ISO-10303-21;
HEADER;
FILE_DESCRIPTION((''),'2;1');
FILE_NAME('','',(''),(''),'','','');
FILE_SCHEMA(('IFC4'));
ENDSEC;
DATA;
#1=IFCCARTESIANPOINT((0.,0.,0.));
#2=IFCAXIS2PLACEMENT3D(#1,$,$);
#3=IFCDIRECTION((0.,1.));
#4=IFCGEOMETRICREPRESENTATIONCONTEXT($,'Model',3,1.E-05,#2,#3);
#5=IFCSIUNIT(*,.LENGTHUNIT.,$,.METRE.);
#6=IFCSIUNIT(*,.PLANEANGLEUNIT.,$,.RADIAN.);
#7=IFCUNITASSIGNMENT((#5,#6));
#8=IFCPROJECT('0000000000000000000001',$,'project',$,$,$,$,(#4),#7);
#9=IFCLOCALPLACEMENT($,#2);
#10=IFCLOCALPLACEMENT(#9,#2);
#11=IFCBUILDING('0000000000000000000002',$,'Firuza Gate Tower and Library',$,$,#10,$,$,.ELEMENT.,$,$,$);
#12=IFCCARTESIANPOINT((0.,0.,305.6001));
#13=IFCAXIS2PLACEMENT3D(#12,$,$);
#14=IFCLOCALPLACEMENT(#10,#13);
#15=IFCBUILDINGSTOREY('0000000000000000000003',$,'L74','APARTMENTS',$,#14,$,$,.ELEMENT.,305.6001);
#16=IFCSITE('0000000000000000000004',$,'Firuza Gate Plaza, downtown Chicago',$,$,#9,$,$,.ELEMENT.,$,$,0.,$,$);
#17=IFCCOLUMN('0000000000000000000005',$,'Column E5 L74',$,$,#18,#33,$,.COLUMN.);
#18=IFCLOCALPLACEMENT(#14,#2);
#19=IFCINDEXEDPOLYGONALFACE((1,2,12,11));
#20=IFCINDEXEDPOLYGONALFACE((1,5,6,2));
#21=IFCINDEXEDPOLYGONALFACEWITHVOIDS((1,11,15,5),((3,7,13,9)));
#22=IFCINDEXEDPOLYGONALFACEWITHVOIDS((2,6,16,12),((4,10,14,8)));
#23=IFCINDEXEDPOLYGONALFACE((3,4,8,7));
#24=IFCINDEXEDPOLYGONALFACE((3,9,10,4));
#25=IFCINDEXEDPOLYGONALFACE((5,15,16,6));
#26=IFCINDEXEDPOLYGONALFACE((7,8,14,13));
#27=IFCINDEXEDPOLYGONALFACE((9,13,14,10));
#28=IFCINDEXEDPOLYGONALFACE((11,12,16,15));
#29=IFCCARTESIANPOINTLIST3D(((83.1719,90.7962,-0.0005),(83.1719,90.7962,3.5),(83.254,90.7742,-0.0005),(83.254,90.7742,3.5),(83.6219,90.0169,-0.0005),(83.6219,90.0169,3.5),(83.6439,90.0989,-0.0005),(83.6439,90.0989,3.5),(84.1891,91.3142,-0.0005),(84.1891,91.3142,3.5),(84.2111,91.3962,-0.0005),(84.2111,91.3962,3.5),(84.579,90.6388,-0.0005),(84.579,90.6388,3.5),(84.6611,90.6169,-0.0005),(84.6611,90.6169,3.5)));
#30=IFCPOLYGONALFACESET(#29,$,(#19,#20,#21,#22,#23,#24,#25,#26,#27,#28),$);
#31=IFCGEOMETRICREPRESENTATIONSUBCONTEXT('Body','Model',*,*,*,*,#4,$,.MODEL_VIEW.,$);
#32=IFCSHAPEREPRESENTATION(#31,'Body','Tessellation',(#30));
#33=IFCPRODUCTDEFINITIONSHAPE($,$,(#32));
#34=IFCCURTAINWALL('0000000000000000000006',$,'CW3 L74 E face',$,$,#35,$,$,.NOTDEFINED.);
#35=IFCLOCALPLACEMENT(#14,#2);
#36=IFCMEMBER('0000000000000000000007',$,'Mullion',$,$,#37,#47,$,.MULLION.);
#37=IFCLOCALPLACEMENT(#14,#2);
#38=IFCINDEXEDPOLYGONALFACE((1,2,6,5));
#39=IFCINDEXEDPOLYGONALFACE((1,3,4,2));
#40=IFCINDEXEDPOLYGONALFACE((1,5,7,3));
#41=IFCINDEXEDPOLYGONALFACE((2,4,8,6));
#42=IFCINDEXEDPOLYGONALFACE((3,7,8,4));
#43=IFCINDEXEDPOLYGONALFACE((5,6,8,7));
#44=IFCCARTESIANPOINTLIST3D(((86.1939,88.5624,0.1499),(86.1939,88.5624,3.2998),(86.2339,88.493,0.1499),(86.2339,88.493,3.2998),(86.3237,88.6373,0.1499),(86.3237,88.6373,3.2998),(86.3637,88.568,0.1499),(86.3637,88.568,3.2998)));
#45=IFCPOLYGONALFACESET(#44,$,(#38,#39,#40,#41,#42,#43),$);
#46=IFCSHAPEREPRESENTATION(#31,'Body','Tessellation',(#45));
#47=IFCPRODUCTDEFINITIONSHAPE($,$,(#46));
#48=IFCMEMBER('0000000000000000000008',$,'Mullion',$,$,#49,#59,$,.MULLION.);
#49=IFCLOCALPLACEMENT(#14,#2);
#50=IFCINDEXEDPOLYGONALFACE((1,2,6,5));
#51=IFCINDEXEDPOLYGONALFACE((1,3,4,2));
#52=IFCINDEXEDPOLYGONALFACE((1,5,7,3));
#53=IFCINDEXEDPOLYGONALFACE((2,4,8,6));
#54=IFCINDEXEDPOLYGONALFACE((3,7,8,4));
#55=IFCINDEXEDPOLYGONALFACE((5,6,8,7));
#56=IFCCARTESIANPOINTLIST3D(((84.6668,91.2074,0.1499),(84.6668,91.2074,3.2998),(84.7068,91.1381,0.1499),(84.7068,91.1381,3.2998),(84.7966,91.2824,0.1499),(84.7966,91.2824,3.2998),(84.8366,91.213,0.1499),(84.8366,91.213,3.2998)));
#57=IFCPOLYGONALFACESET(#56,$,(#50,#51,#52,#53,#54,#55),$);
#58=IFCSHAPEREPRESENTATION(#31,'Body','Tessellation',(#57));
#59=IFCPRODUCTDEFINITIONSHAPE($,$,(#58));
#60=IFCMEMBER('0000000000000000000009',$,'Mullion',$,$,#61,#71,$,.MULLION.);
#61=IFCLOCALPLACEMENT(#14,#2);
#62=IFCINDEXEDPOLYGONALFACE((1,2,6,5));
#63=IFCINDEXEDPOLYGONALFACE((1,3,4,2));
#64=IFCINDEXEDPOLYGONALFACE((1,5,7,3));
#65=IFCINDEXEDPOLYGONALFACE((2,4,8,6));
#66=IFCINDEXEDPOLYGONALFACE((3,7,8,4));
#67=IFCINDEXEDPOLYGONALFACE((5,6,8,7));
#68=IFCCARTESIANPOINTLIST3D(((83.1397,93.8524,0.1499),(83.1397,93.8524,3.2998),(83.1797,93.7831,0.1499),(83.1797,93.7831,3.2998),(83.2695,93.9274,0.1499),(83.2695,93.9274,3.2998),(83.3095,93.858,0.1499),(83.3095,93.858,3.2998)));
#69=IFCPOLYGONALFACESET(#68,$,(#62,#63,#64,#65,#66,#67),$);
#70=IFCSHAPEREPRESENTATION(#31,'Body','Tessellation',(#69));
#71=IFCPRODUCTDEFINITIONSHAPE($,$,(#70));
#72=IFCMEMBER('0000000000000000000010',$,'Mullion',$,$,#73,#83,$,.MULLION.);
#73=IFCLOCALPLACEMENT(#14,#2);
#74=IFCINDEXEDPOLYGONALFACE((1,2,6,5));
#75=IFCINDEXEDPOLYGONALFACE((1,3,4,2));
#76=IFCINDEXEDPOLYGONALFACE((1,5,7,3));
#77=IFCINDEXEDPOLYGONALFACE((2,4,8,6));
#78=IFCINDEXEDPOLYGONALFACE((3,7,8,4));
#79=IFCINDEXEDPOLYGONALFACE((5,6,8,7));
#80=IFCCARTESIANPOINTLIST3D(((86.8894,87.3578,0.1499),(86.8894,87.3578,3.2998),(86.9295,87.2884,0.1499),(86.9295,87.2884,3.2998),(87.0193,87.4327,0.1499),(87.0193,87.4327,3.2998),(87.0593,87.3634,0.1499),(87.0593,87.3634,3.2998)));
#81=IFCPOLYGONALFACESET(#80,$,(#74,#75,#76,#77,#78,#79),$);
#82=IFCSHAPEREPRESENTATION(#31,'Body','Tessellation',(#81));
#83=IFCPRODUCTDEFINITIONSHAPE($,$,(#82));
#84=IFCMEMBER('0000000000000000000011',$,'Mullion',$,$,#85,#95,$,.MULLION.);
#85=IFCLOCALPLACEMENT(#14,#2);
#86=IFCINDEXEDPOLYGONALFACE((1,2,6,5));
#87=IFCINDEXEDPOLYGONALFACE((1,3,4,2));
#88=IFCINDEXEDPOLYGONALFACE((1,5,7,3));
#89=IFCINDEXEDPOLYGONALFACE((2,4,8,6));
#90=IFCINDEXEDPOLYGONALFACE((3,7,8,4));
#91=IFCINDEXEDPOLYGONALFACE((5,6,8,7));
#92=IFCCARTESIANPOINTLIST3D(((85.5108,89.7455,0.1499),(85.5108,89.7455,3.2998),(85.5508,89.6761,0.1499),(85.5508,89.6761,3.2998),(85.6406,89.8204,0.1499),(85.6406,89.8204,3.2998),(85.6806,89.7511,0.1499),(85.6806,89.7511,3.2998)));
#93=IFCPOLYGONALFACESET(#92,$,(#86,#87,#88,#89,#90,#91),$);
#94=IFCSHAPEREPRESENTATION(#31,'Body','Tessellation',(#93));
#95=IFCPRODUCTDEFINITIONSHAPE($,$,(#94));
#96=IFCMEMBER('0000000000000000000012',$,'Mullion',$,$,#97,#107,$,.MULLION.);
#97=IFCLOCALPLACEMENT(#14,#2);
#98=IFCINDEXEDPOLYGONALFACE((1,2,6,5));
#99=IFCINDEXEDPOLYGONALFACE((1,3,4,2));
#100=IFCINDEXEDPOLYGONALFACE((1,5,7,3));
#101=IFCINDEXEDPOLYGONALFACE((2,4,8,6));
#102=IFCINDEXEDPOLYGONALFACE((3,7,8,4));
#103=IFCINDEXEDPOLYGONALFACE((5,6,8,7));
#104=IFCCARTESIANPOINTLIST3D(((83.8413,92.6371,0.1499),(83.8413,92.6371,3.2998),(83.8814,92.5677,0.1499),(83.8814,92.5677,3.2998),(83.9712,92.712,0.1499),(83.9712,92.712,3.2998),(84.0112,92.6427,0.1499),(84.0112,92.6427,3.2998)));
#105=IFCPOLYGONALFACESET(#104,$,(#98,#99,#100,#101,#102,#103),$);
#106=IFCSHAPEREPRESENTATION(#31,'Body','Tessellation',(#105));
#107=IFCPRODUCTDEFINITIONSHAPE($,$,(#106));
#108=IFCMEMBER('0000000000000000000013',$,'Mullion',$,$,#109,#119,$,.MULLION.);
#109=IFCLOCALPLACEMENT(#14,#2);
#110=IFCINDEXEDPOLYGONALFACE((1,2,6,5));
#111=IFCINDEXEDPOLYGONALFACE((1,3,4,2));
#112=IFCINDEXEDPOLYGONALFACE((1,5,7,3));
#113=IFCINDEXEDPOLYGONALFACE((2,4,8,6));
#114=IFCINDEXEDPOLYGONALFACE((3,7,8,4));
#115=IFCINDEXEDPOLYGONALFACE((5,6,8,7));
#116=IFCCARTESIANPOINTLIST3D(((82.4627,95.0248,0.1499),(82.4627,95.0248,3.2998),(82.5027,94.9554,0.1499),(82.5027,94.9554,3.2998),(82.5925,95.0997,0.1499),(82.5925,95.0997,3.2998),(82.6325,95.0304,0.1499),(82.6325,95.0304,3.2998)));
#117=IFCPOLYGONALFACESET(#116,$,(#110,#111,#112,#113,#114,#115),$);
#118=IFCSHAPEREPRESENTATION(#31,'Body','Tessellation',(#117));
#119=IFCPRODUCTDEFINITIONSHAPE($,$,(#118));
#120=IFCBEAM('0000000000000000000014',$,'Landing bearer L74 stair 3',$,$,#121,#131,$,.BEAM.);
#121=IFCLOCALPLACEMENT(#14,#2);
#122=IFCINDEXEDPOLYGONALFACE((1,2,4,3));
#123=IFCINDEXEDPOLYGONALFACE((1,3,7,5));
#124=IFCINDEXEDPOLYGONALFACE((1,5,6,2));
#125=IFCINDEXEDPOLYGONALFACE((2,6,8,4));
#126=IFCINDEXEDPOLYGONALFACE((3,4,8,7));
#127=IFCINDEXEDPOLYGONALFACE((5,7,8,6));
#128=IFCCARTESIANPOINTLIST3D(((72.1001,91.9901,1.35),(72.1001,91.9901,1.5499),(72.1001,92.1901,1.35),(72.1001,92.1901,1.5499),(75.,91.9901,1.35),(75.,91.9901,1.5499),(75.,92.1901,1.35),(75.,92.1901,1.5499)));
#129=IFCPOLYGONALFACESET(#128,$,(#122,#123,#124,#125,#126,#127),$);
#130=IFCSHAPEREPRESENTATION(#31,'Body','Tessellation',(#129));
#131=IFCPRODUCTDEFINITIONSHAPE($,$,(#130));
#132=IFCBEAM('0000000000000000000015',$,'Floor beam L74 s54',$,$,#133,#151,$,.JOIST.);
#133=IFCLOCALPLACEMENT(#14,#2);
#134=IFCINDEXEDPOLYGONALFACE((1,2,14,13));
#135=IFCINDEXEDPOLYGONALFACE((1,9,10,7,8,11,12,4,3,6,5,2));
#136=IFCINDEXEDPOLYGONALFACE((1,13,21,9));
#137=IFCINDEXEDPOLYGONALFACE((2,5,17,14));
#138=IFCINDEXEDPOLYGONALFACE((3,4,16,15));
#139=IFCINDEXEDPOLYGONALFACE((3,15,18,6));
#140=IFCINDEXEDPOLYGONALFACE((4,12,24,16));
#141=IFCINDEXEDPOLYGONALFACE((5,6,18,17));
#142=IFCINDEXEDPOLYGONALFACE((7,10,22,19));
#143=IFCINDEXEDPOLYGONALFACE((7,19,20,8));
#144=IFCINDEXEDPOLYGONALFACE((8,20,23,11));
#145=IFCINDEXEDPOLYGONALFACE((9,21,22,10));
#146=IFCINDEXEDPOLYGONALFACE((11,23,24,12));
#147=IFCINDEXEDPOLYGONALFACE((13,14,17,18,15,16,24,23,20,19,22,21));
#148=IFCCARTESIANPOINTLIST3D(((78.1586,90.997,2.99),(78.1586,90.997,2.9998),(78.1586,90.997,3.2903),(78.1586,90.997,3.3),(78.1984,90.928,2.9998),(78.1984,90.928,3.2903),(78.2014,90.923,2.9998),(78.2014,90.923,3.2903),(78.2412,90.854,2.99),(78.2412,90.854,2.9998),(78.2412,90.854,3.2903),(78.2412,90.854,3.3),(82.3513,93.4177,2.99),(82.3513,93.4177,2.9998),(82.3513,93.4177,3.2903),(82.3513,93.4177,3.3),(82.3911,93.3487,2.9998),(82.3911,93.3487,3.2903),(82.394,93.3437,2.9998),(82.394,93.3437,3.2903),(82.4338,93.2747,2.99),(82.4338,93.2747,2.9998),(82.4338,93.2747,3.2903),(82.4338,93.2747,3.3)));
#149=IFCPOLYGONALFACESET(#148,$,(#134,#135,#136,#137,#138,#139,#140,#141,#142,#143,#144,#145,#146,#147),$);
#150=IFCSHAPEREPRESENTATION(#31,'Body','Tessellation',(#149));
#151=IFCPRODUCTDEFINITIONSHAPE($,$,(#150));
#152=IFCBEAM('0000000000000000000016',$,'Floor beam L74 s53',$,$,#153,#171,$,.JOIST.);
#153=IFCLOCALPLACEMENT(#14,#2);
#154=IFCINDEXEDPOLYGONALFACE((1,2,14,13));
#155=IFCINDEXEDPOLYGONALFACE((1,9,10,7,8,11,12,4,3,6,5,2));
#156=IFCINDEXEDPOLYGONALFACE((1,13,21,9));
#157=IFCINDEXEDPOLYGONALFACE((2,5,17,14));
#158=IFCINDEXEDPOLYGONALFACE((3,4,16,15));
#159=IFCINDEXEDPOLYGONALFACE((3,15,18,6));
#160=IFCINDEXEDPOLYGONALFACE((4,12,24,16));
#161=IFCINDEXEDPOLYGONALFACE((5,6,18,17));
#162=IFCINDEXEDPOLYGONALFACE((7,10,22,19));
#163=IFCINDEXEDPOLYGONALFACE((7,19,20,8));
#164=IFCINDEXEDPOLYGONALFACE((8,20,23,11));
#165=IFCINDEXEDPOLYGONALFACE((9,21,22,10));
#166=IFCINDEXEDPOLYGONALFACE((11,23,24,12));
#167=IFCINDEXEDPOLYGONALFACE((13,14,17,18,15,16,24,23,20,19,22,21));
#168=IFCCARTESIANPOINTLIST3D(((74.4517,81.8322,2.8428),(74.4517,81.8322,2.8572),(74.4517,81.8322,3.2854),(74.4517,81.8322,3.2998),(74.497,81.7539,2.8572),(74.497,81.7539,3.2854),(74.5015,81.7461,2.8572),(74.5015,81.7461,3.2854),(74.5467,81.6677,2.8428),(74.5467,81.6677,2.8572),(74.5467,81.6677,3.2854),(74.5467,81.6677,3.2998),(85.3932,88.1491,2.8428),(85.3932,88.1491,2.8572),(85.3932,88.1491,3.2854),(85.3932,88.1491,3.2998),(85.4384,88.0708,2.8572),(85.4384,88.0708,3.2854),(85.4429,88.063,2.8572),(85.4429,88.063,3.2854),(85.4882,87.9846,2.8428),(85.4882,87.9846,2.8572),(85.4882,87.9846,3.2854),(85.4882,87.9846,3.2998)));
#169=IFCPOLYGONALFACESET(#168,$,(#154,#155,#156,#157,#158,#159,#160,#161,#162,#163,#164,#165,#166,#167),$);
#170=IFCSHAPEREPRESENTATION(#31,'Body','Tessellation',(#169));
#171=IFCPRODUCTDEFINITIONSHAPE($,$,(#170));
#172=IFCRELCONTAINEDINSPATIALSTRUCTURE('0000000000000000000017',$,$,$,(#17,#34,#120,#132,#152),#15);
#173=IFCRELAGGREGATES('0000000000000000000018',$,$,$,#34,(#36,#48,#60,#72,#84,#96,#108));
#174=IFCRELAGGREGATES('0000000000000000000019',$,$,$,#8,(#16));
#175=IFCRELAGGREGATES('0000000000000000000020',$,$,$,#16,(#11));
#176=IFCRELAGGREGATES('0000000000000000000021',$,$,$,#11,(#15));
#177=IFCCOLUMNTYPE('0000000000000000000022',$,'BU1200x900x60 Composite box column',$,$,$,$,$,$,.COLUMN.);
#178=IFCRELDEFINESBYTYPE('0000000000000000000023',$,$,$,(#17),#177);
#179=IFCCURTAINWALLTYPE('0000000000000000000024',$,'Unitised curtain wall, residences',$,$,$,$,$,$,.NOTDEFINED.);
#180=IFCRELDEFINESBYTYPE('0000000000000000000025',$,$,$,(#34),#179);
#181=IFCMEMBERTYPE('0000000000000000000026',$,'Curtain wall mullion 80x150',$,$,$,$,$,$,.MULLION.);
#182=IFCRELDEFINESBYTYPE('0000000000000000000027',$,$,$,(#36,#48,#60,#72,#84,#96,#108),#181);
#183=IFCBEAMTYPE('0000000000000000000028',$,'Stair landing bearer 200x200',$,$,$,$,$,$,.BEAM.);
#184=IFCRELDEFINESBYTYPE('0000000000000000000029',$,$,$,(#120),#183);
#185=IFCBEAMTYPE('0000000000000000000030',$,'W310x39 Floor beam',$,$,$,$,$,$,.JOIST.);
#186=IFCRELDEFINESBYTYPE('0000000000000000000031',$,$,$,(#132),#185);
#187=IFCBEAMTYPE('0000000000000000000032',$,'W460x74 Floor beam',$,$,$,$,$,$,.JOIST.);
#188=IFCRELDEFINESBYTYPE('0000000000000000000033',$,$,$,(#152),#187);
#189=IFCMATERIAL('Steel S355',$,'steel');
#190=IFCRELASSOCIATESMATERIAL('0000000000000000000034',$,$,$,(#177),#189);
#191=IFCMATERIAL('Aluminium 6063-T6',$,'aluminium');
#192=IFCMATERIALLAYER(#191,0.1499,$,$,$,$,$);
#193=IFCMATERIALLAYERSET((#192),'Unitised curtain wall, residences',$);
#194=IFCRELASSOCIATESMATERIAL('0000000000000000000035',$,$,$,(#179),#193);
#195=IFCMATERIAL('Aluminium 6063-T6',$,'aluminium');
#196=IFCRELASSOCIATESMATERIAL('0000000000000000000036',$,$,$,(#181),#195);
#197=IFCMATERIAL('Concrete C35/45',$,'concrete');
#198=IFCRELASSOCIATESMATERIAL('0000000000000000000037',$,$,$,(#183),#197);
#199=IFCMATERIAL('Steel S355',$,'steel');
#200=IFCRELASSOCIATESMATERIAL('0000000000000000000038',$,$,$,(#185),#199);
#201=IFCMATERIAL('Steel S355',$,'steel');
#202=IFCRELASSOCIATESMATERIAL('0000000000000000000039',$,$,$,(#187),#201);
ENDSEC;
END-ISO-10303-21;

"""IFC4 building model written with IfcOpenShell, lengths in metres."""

from ifc_helpers import new_model, si_unit, direction, frame, origin, origin_2d, place, context, subcontext, project, spatial, rectangle, hollow_rectangle, i_section, extrude, material, layer, layer_set, material_profile, profile_set, type_object, element, aggregate, save


model = new_model("IFC4")

# Units and contexts
model_context = context("Model", 3, precision=1e-05, world=origin(), true_north=direction((0.0, 1.0)))
body_context = subcontext(model_context, "Body", "Model", "MODEL_VIEW")
ifc_project = project(units=[si_unit("LENGTHUNIT", "METRE"), si_unit("PLANEANGLEUNIT", "RADIAN")], contexts=[model_context])

# Site, building, storey
site_placement = place(None, origin())
site = spatial("IfcSite", under=ifc_project, at=site_placement, Name="Firuza Gate Plaza, downtown Chicago", CompositionType="ELEMENT", RefElevation=0.0)
building_placement = place(site_placement, origin())
building = spatial("IfcBuilding", under=site, at=building_placement, Name="Firuza Gate Tower and Library", CompositionType="ELEMENT")
storey_placement = place(building_placement, frame((0.0, 0.0, 305.6001)))
storey = spatial("IfcBuildingStorey", under=building, at=storey_placement, Name="L74", Description="APARTMENTS", CompositionType="ELEMENT", Elevation=305.6001)

# Column
ifc_material_1 = material(Name="Steel S355", Category="steel")
ifc_material_profile_1 = material_profile(ifc_material_1, hollow_rectangle(XDim=0.8999, YDim=1.2, WallThickness=0.0601, at=origin_2d()))
ifc_profile_set_1 = profile_set([ifc_material_profile_1], Name="Steel S355")
column_type = type_object("IfcColumnType", Name="BU1200x900x60 Composite box column", PredefinedType="COLUMN", material=ifc_profile_set_1)
column_placement = place(storey_placement, frame((83.9165, 90.7065, -0.0005), z_axis=(0.0, 0.0, 1.0), x_axis=(-0.5, 0.866025, 0.0)))
element("IfcColumn", 1, at=column_placement, inside=storey, type_object=column_type, Name="Column E5 L74", PredefinedType="COLUMN", context=body_context, shape_type="SweptSolid", body=[
    extrude(hollow_rectangle(XDim=0.8999, YDim=1.2, WallThickness=0.0601, at=origin_2d()), origin(), (0.0, 0.0, 1.0), 3.5005),
])

# Curtain wall, members
ifc_material_2 = material(Name="Aluminium 6063-T6", Category="aluminium")
ifc_layer_1 = layer(ifc_material_2, 0.1499)
ifc_layer_set_1 = layer_set([ifc_layer_1], Name="Unitised curtain wall, residences")
curtain_wall_type = type_object("IfcCurtainWallType", Name="Unitised curtain wall, residences", PredefinedType="NOTDEFINED", material=ifc_layer_set_1)
curtain_wall_placement = place(storey_placement, origin())
curtain_wall = element("IfcCurtainWall", 2, at=curtain_wall_placement, inside=storey, type_object=curtain_wall_type, Name="CW3 L74 E face", PredefinedType="NOTDEFINED")
ifc_material_3 = material(Name="Aluminium 6063-T6", Category="aluminium")
ifc_material_profile_2 = material_profile(ifc_material_3, rectangle(XDim=0.1499, YDim=0.0801, at=origin_2d()))
ifc_profile_set_2 = profile_set([ifc_material_profile_2], Name="Aluminium 6063-T6")
member_type = type_object("IfcMemberType", Name="Curtain wall mullion 80x150", PredefinedType="MULLION", material=ifc_profile_set_2)
member_1_placement = place(storey_placement, frame((86.2788, 88.5652, 0.1499), z_axis=(0.0, 0.0, 1.0), x_axis=(-0.866025, -0.5, 0.0)))
member_1 = element("IfcMember", 3, at=member_1_placement, type_object=member_type, Name="Mullion", PredefinedType="MULLION", context=body_context, shape_type="SweptSolid", body=[
    extrude(rectangle(XDim=0.1499, YDim=0.0801, at=origin_2d()), origin(), (0.0, 0.0, 1.0), 3.1499),
])
member_2_placement = place(storey_placement, frame((84.7517, 91.2102, 0.1499), z_axis=(0.0, 0.0, 1.0), x_axis=(-0.866025, -0.5, 0.0)))
member_2 = element("IfcMember", 4, at=member_2_placement, type_object=member_type, Name="Mullion", PredefinedType="MULLION", context=body_context, shape_type="SweptSolid", body=[
    extrude(rectangle(XDim=0.1499, YDim=0.0801, at=origin_2d()), origin(), (0.0, 0.0, 1.0), 3.1499),
])
member_3_placement = place(storey_placement, frame((83.2246, 93.8552, 0.1499), z_axis=(0.0, 0.0, 1.0), x_axis=(-0.866025, -0.5, 0.0)))
member_3 = element("IfcMember", 5, at=member_3_placement, type_object=member_type, Name="Mullion", PredefinedType="MULLION", context=body_context, shape_type="SweptSolid", body=[
    extrude(rectangle(XDim=0.1499, YDim=0.0801, at=origin_2d()), origin(), (0.0, 0.0, 1.0), 3.1499),
])
member_4_placement = place(storey_placement, frame((86.9744, 87.3606, 0.1499), z_axis=(0.0, 0.0, 1.0), x_axis=(-0.866025, -0.5, 0.0)))
member_4 = element("IfcMember", 6, at=member_4_placement, type_object=member_type, Name="Mullion", PredefinedType="MULLION", context=body_context, shape_type="SweptSolid", body=[
    extrude(rectangle(XDim=0.1499, YDim=0.0801, at=origin_2d()), origin(), (0.0, 0.0, 1.0), 3.1499),
])
member_5_placement = place(storey_placement, frame((85.5957, 89.7483, 0.1499), z_axis=(0.0, 0.0, 1.0), x_axis=(-0.866025, -0.5, 0.0)))
member_5 = element("IfcMember", 7, at=member_5_placement, type_object=member_type, Name="Mullion", PredefinedType="MULLION", context=body_context, shape_type="SweptSolid", body=[
    extrude(rectangle(XDim=0.1499, YDim=0.0801, at=origin_2d()), origin(), (0.0, 0.0, 1.0), 3.1499),
])
member_6_placement = place(storey_placement, frame((83.9263, 92.6399, 0.1499), z_axis=(0.0, 0.0, 1.0), x_axis=(-0.866025, -0.5, 0.0)))
member_6 = element("IfcMember", 8, at=member_6_placement, type_object=member_type, Name="Mullion", PredefinedType="MULLION", context=body_context, shape_type="SweptSolid", body=[
    extrude(rectangle(XDim=0.1499, YDim=0.0801, at=origin_2d()), origin(), (0.0, 0.0, 1.0), 3.1499),
])
member_7_placement = place(storey_placement, frame((82.5476, 95.0276, 0.1499), z_axis=(0.0, 0.0, 1.0), x_axis=(-0.866025, -0.5, 0.0)))
member_7 = element("IfcMember", 9, at=member_7_placement, type_object=member_type, Name="Mullion", PredefinedType="MULLION", context=body_context, shape_type="SweptSolid", body=[
    extrude(rectangle(XDim=0.1499, YDim=0.0801, at=origin_2d()), origin(), (0.0, 0.0, 1.0), 3.1499),
])

# Beams
ifc_material_4 = material(Name="Concrete C35/45", Category="concrete")
ifc_material_profile_3 = material_profile(ifc_material_4, rectangle(XDim=0.2, YDim=0.2, at=origin_2d()))
ifc_profile_set_3 = profile_set([ifc_material_profile_3], Name="Concrete C35/45")
beam_type_1 = type_object("IfcBeamType", Name="Stair landing bearer 200x200", PredefinedType="BEAM", material=ifc_profile_set_3)
beam_1_placement = place(storey_placement, frame((75.0, 92.0901, 1.45), z_axis=(-1.0, 0.0, 0.0), x_axis=(0.0, -1.0, 0.0)))
element("IfcBeam", 10, at=beam_1_placement, inside=storey, type_object=beam_type_1, Name="Landing bearer L74 stair 3", PredefinedType="BEAM", context=body_context, shape_type="SweptSolid", body=[
    extrude(rectangle(XDim=0.2, YDim=0.2, at=origin_2d()), origin(), (0.0, 0.0, 1.0), 2.8999),
])
ifc_material_5 = material(Name="Steel S355", Category="steel")
ifc_material_profile_4 = material_profile(ifc_material_5, i_section(OverallWidth=0.165, OverallDepth=0.3101, WebThickness=0.0059, FlangeThickness=0.0098, at=origin_2d()))
ifc_profile_set_4 = profile_set([ifc_material_profile_4], Name="Steel S355")
beam_type_2 = type_object("IfcBeamType", Name="W310x39 Floor beam", PredefinedType="JOIST", material=ifc_profile_set_4)
beam_2_placement = place(storey_placement, frame((82.3926, 93.3462, 3.145), z_axis=(-0.866022, -0.500006, 0.0), x_axis=(0.500006, -0.866022, 0.0)))
element("IfcBeam", 11, at=beam_2_placement, inside=storey, type_object=beam_type_2, Name="Floor beam L74 s54", PredefinedType="JOIST", context=body_context, shape_type="SweptSolid", body=[
    extrude(i_section(OverallWidth=0.165, OverallDepth=0.3101, WebThickness=0.0059, FlangeThickness=0.0098, at=origin_2d()), origin(), (0.0, 0.0, 1.0), 4.8413),
])
ifc_material_6 = material(Name="Steel S355", Category="steel")
ifc_material_profile_5 = material_profile(ifc_material_6, i_section(OverallWidth=0.1899, OverallDepth=0.457, WebThickness=0.009, FlangeThickness=0.0144, at=origin_2d()))
ifc_profile_set_5 = profile_set([ifc_material_profile_5], Name="Steel S355")
beam_type_3 = type_object("IfcBeamType", Name="W460x74 Floor beam", PredefinedType="JOIST", material=ifc_profile_set_5)
beam_3_placement = place(storey_placement, frame((85.4407, 88.0669, 3.0713), z_axis=(-0.86603, -0.499992, 0.0), x_axis=(0.499992, -0.86603, 0.0)))
element("IfcBeam", 12, at=beam_3_placement, inside=storey, type_object=beam_type_3, Name="Floor beam L74 s53", PredefinedType="JOIST", context=body_context, shape_type="SweptSolid", body=[
    extrude(i_section(OverallWidth=0.1899, OverallDepth=0.457, WebThickness=0.009, FlangeThickness=0.0144, at=origin_2d()), origin(), (0.0, 0.0, 1.0), 12.634),
])

aggregate(curtain_wall, [member_1, member_2, member_3, member_4, member_5, member_6, member_7])

save(model, "model.ifc")
